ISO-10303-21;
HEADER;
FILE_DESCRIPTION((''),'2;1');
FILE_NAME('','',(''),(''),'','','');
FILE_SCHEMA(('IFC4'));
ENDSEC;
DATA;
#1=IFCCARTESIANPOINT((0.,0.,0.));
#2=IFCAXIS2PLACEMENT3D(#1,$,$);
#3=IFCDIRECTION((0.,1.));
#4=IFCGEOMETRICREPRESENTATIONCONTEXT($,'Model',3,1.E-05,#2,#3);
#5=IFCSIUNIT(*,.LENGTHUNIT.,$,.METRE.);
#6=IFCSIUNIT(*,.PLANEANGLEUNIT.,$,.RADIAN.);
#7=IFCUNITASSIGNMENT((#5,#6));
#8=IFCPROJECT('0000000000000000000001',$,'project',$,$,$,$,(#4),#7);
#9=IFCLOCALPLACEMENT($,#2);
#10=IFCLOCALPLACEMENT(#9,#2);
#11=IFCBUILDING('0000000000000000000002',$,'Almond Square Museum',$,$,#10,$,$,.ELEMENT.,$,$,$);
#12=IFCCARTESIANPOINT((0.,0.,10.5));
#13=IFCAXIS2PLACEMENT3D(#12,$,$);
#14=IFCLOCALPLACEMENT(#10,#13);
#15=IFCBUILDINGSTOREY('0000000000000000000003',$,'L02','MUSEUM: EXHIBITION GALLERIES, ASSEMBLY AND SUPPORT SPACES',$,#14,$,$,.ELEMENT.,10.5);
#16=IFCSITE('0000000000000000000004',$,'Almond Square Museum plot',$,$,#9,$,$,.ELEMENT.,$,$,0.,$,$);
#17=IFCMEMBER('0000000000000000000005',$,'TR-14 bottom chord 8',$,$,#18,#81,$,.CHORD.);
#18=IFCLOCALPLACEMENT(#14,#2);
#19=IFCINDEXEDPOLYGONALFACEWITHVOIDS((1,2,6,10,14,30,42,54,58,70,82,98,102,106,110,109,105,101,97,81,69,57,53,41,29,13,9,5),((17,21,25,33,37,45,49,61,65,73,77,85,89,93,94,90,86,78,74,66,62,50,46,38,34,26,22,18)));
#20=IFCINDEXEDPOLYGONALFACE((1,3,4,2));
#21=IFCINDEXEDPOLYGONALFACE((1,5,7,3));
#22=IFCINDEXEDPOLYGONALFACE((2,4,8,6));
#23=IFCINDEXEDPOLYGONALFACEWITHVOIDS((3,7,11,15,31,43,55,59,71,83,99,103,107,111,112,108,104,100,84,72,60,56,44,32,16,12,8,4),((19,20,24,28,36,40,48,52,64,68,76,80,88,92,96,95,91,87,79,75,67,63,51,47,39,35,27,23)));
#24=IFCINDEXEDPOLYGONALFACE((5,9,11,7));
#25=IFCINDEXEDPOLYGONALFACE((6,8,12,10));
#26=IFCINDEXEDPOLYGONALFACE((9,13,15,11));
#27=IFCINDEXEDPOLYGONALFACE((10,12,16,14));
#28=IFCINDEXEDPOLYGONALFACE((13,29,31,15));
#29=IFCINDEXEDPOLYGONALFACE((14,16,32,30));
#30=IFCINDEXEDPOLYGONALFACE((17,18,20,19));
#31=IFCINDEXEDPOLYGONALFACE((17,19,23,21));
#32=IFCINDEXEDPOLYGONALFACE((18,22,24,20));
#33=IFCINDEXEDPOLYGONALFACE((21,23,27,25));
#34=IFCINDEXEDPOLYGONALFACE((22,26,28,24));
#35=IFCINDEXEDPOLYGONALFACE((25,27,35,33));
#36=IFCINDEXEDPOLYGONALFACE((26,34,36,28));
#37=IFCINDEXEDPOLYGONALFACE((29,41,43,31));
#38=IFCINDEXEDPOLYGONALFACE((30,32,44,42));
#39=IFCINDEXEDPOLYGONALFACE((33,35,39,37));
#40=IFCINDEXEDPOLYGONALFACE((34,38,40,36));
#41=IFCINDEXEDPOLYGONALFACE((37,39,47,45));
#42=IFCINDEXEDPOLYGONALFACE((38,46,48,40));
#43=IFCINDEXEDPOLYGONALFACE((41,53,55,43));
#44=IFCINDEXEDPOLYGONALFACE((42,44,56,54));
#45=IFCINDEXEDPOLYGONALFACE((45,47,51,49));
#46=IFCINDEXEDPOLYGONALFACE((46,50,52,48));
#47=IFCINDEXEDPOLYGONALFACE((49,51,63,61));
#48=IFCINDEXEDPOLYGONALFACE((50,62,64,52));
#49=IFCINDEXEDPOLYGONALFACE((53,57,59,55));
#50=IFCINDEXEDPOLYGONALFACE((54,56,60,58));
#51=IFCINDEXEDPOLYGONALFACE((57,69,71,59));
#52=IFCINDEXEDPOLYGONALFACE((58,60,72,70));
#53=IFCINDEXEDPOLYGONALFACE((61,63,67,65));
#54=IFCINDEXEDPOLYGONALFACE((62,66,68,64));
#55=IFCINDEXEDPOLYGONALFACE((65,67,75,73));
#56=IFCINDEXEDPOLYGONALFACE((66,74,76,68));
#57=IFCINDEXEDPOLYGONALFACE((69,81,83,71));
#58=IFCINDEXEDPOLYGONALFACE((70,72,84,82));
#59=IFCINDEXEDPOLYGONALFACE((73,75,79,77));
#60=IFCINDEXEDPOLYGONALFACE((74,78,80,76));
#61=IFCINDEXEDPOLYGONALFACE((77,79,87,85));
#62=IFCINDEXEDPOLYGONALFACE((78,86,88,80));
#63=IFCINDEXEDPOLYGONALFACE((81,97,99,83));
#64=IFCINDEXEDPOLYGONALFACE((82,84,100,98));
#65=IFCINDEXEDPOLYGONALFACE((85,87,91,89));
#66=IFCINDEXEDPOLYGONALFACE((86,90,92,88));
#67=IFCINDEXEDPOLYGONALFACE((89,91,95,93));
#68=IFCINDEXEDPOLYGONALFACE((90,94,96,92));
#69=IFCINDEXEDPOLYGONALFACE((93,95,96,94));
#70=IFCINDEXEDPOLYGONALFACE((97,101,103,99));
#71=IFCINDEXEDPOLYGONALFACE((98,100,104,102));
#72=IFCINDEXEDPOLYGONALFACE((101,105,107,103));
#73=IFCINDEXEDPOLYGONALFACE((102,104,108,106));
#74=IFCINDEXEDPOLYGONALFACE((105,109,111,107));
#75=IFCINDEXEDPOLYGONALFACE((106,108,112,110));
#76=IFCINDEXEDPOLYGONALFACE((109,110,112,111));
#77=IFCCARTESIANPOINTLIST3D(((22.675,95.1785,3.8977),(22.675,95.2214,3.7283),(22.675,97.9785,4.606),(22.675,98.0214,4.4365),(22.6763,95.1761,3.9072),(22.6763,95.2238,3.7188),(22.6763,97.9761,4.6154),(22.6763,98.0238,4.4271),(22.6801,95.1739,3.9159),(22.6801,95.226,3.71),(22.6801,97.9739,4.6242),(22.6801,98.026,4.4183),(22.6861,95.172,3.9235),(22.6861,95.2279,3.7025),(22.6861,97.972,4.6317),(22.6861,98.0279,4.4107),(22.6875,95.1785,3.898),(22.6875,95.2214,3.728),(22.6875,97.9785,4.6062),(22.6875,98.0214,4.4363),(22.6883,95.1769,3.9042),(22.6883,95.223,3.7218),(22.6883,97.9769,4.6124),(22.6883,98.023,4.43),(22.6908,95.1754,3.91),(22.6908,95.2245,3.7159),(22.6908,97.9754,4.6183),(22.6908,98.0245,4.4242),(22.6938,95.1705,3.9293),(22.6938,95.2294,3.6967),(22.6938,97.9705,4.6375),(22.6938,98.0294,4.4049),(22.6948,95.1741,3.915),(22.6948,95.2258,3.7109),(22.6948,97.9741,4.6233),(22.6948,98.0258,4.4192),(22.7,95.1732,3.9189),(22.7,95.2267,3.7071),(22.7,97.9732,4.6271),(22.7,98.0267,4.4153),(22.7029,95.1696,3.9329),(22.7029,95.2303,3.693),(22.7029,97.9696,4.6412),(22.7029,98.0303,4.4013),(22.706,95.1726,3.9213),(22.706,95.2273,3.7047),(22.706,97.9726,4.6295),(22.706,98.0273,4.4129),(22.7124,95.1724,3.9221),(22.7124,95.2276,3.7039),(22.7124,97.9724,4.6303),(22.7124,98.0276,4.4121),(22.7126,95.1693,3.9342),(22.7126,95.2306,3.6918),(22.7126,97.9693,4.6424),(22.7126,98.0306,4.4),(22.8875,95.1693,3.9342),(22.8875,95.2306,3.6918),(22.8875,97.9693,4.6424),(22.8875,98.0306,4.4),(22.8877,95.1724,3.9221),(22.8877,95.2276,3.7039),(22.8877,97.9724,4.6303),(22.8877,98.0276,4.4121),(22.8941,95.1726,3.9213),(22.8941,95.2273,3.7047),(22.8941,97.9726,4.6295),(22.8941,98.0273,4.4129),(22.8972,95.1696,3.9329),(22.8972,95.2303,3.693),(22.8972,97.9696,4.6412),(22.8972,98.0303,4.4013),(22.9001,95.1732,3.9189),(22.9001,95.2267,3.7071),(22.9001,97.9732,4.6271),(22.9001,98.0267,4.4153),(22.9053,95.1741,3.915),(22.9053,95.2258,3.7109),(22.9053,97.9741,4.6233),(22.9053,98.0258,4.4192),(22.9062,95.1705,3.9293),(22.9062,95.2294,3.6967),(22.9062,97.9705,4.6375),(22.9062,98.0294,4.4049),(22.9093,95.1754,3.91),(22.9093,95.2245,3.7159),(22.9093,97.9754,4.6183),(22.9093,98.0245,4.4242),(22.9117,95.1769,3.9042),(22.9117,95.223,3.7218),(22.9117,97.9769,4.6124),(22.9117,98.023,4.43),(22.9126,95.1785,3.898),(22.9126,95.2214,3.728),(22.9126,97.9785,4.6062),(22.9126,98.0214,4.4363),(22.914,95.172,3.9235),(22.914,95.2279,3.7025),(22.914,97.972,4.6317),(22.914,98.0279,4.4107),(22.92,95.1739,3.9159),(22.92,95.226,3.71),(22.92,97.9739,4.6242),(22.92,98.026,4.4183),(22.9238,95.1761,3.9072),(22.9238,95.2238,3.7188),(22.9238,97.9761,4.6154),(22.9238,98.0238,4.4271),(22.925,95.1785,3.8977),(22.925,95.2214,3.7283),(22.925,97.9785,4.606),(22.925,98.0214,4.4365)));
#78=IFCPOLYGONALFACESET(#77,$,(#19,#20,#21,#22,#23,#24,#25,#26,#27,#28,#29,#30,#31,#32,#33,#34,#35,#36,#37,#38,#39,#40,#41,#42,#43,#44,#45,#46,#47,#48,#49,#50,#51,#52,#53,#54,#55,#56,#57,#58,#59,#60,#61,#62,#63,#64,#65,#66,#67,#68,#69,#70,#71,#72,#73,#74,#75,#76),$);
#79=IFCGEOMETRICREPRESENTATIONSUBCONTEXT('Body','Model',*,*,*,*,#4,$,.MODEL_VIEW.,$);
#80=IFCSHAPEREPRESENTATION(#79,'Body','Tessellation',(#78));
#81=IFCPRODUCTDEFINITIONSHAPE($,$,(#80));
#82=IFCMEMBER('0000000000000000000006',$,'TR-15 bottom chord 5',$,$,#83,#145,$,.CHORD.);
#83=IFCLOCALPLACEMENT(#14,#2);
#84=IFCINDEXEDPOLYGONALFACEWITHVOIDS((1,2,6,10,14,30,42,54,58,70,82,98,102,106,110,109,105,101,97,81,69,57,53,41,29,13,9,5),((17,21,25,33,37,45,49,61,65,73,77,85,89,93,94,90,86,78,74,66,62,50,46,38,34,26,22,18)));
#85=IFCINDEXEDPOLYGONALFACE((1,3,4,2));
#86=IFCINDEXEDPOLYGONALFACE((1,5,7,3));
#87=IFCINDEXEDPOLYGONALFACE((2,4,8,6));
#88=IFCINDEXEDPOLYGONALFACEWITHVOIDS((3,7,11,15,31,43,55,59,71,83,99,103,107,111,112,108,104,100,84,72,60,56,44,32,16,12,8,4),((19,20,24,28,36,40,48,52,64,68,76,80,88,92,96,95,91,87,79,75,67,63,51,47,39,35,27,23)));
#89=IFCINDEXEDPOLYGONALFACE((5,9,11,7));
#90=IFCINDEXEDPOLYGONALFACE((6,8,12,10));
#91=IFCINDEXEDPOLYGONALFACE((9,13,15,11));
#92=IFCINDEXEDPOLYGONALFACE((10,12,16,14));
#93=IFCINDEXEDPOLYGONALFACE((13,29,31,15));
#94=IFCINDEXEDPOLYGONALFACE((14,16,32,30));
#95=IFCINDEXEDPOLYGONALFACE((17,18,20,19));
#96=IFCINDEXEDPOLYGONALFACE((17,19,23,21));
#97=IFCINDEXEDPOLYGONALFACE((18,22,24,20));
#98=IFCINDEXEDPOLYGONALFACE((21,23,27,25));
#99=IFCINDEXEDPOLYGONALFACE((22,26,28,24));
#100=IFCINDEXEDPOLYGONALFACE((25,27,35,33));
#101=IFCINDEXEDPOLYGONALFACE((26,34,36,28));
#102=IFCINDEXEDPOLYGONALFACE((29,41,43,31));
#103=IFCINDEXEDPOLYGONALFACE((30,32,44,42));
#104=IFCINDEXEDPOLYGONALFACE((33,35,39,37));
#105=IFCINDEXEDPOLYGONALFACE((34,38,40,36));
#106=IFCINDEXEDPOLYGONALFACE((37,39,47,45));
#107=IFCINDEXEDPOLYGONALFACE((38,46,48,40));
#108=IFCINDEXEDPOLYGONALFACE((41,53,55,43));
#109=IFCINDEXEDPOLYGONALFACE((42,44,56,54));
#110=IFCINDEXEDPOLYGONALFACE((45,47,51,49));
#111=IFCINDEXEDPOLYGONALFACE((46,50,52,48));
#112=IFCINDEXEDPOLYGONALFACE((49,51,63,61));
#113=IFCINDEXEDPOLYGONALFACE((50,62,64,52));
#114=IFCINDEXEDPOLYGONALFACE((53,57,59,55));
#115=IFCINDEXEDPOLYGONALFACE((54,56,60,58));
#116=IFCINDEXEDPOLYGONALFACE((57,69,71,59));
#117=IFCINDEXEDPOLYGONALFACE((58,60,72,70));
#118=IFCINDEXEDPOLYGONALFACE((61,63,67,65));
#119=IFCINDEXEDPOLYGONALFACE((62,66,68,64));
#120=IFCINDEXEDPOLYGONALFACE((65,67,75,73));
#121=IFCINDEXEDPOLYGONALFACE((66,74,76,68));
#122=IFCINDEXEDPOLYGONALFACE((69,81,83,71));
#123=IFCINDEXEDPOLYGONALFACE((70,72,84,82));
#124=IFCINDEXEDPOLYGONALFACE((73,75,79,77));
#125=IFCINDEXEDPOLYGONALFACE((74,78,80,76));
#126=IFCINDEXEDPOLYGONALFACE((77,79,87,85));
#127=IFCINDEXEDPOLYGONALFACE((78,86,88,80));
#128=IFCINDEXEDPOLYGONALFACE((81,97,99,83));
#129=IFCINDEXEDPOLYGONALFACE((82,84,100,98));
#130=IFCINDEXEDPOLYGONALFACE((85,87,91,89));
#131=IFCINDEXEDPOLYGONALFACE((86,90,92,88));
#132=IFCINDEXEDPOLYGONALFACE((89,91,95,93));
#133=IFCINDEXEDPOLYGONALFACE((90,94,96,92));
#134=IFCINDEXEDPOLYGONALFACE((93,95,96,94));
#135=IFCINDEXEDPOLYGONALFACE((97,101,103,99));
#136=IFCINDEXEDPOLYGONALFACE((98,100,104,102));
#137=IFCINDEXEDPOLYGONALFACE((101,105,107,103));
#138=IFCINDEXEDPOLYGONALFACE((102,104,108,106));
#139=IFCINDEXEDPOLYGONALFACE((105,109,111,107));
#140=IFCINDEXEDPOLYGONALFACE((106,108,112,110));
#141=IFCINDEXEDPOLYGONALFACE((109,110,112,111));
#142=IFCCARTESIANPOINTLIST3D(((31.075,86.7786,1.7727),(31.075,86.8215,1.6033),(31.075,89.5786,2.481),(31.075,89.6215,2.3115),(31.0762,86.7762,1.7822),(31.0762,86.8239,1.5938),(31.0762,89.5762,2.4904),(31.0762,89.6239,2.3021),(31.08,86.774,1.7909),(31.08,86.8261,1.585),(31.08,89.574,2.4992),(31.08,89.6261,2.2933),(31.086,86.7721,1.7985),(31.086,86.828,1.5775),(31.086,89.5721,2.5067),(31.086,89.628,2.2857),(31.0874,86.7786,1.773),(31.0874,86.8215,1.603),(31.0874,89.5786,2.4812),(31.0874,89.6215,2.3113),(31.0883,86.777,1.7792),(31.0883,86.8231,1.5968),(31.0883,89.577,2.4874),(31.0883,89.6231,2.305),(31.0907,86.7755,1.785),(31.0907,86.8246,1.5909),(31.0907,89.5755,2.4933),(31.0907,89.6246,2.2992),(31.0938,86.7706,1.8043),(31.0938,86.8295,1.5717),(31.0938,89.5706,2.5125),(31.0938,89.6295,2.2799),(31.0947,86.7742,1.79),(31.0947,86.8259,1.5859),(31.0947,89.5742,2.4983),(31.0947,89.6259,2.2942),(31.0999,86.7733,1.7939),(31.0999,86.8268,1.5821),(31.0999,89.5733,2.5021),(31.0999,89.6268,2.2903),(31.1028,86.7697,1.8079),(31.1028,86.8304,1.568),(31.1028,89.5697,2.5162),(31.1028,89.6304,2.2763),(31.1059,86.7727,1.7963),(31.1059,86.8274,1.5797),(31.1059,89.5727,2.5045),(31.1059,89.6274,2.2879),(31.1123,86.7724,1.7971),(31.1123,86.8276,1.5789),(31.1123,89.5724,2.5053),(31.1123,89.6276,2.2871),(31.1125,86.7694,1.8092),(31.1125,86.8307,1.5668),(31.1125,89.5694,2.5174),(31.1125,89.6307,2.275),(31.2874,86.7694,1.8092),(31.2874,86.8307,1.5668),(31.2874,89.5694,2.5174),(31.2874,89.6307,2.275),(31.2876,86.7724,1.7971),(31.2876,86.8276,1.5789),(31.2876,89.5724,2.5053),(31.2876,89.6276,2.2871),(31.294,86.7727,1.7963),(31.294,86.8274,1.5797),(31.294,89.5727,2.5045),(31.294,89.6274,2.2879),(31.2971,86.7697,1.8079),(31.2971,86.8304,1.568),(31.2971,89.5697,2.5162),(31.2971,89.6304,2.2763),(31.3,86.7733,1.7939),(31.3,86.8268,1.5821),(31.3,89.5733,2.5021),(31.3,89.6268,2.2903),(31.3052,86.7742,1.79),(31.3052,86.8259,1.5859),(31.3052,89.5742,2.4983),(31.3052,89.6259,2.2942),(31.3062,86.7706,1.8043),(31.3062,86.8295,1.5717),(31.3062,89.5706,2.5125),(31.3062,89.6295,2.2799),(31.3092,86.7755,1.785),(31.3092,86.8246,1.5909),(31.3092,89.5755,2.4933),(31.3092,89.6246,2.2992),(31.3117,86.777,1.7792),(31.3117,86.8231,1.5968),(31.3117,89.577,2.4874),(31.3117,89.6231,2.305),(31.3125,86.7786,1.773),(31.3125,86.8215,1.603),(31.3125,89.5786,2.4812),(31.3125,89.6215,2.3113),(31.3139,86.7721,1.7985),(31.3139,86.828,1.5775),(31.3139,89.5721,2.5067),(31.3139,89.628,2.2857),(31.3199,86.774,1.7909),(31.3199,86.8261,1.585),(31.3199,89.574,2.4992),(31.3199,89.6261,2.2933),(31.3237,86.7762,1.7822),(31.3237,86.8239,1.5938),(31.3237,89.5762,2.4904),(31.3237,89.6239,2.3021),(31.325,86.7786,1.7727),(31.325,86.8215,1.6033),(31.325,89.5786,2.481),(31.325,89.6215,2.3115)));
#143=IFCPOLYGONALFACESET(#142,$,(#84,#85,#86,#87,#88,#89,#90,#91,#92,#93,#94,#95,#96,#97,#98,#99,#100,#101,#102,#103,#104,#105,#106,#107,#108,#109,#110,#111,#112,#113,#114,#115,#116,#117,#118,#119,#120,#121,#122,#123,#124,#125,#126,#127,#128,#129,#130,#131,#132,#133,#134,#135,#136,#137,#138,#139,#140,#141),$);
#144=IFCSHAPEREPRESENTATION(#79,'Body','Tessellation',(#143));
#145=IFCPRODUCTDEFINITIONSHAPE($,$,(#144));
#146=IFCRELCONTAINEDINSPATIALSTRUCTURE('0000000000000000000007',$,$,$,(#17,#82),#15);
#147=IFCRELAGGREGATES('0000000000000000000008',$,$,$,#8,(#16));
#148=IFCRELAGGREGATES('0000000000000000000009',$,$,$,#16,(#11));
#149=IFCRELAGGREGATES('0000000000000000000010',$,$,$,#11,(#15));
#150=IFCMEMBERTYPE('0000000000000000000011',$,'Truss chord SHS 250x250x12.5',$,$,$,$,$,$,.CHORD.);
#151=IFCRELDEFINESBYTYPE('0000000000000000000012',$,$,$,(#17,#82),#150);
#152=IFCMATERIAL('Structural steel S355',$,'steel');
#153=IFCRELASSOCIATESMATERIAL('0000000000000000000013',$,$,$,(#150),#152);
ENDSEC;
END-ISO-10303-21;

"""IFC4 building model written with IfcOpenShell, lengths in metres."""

from ifc_helpers import new_model, si_unit, direction, frame, origin, origin_2d, place, context, subcontext, project, spatial, hollow_rectangle, extrude, material, material_profile, profile_set, type_object, element, save


model = new_model("IFC4")

# Units and contexts
model_context = context("Model", 3, precision=1e-05, world=origin(), true_north=direction((0.0, 1.0)))
body_context = subcontext(model_context, "Body", "Model", "MODEL_VIEW")
ifc_project = project(units=[si_unit("LENGTHUNIT", "METRE"), si_unit("PLANEANGLEUNIT", "RADIAN")], contexts=[model_context])

# Site, building, storey
site_placement = place(None, origin())
site = spatial("IfcSite", under=ifc_project, at=site_placement, Name="Almond Square Museum plot", CompositionType="ELEMENT", RefElevation=0.0)
building_placement = place(site_placement, origin())
building = spatial("IfcBuilding", under=site, at=building_placement, Name="Almond Square Museum", CompositionType="ELEMENT")
storey_placement = place(building_placement, frame((0.0, 0.0, 10.5)))
storey = spatial("IfcBuildingStorey", under=building, at=storey_placement, Name="L02", Description="MUSEUM: EXHIBITION GALLERIES, ASSEMBLY AND SUPPORT SPACES", CompositionType="ELEMENT", Elevation=10.5)

# Members
ifc_material_1 = material(Name="Structural steel S355", Category="steel")
ifc_material_profile_1 = material_profile(ifc_material_1, hollow_rectangle(XDim=0.25, YDim=0.25, WallThickness=0.0125, InnerFilletRadius=0.0249, OuterFilletRadius=0.0376, at=origin_2d()))
ifc_profile_set_1 = profile_set([ifc_material_profile_1], Name="Structural steel S355")
member_type_1 = type_object("IfcMemberType", Name="Truss chord SHS 250x250x12.5", PredefinedType="CHORD", material=ifc_profile_set_1)
for number, where, z_axis, x_axis, name in (
    (1, (22.8, 95.2, 3.813), (0.0, 0.969468, 0.24522), (-1.0, 0.0, 0.0), "TR-14 bottom chord 8"),
    (2, (31.2, 86.8, 1.688), (0.0, 0.969468, 0.24522), (-1.0, 0.0, 0.0), "TR-15 bottom chord 5"),
):
    element("IfcMember", number, at=place(storey_placement, frame(where, z_axis=z_axis, x_axis=x_axis)), inside=storey, type_object=member_type_1, Name=name, PredefinedType="CHORD", context=body_context, shape_type="SweptSolid", body=[
        extrude(hollow_rectangle(XDim=0.25, YDim=0.25, WallThickness=0.0125, InnerFilletRadius=0.0249, OuterFilletRadius=0.0376, at=origin_2d()), origin(), (0.0, 0.0, 1.0), 2.8882),
    ])

save(model, "model.ifc")
